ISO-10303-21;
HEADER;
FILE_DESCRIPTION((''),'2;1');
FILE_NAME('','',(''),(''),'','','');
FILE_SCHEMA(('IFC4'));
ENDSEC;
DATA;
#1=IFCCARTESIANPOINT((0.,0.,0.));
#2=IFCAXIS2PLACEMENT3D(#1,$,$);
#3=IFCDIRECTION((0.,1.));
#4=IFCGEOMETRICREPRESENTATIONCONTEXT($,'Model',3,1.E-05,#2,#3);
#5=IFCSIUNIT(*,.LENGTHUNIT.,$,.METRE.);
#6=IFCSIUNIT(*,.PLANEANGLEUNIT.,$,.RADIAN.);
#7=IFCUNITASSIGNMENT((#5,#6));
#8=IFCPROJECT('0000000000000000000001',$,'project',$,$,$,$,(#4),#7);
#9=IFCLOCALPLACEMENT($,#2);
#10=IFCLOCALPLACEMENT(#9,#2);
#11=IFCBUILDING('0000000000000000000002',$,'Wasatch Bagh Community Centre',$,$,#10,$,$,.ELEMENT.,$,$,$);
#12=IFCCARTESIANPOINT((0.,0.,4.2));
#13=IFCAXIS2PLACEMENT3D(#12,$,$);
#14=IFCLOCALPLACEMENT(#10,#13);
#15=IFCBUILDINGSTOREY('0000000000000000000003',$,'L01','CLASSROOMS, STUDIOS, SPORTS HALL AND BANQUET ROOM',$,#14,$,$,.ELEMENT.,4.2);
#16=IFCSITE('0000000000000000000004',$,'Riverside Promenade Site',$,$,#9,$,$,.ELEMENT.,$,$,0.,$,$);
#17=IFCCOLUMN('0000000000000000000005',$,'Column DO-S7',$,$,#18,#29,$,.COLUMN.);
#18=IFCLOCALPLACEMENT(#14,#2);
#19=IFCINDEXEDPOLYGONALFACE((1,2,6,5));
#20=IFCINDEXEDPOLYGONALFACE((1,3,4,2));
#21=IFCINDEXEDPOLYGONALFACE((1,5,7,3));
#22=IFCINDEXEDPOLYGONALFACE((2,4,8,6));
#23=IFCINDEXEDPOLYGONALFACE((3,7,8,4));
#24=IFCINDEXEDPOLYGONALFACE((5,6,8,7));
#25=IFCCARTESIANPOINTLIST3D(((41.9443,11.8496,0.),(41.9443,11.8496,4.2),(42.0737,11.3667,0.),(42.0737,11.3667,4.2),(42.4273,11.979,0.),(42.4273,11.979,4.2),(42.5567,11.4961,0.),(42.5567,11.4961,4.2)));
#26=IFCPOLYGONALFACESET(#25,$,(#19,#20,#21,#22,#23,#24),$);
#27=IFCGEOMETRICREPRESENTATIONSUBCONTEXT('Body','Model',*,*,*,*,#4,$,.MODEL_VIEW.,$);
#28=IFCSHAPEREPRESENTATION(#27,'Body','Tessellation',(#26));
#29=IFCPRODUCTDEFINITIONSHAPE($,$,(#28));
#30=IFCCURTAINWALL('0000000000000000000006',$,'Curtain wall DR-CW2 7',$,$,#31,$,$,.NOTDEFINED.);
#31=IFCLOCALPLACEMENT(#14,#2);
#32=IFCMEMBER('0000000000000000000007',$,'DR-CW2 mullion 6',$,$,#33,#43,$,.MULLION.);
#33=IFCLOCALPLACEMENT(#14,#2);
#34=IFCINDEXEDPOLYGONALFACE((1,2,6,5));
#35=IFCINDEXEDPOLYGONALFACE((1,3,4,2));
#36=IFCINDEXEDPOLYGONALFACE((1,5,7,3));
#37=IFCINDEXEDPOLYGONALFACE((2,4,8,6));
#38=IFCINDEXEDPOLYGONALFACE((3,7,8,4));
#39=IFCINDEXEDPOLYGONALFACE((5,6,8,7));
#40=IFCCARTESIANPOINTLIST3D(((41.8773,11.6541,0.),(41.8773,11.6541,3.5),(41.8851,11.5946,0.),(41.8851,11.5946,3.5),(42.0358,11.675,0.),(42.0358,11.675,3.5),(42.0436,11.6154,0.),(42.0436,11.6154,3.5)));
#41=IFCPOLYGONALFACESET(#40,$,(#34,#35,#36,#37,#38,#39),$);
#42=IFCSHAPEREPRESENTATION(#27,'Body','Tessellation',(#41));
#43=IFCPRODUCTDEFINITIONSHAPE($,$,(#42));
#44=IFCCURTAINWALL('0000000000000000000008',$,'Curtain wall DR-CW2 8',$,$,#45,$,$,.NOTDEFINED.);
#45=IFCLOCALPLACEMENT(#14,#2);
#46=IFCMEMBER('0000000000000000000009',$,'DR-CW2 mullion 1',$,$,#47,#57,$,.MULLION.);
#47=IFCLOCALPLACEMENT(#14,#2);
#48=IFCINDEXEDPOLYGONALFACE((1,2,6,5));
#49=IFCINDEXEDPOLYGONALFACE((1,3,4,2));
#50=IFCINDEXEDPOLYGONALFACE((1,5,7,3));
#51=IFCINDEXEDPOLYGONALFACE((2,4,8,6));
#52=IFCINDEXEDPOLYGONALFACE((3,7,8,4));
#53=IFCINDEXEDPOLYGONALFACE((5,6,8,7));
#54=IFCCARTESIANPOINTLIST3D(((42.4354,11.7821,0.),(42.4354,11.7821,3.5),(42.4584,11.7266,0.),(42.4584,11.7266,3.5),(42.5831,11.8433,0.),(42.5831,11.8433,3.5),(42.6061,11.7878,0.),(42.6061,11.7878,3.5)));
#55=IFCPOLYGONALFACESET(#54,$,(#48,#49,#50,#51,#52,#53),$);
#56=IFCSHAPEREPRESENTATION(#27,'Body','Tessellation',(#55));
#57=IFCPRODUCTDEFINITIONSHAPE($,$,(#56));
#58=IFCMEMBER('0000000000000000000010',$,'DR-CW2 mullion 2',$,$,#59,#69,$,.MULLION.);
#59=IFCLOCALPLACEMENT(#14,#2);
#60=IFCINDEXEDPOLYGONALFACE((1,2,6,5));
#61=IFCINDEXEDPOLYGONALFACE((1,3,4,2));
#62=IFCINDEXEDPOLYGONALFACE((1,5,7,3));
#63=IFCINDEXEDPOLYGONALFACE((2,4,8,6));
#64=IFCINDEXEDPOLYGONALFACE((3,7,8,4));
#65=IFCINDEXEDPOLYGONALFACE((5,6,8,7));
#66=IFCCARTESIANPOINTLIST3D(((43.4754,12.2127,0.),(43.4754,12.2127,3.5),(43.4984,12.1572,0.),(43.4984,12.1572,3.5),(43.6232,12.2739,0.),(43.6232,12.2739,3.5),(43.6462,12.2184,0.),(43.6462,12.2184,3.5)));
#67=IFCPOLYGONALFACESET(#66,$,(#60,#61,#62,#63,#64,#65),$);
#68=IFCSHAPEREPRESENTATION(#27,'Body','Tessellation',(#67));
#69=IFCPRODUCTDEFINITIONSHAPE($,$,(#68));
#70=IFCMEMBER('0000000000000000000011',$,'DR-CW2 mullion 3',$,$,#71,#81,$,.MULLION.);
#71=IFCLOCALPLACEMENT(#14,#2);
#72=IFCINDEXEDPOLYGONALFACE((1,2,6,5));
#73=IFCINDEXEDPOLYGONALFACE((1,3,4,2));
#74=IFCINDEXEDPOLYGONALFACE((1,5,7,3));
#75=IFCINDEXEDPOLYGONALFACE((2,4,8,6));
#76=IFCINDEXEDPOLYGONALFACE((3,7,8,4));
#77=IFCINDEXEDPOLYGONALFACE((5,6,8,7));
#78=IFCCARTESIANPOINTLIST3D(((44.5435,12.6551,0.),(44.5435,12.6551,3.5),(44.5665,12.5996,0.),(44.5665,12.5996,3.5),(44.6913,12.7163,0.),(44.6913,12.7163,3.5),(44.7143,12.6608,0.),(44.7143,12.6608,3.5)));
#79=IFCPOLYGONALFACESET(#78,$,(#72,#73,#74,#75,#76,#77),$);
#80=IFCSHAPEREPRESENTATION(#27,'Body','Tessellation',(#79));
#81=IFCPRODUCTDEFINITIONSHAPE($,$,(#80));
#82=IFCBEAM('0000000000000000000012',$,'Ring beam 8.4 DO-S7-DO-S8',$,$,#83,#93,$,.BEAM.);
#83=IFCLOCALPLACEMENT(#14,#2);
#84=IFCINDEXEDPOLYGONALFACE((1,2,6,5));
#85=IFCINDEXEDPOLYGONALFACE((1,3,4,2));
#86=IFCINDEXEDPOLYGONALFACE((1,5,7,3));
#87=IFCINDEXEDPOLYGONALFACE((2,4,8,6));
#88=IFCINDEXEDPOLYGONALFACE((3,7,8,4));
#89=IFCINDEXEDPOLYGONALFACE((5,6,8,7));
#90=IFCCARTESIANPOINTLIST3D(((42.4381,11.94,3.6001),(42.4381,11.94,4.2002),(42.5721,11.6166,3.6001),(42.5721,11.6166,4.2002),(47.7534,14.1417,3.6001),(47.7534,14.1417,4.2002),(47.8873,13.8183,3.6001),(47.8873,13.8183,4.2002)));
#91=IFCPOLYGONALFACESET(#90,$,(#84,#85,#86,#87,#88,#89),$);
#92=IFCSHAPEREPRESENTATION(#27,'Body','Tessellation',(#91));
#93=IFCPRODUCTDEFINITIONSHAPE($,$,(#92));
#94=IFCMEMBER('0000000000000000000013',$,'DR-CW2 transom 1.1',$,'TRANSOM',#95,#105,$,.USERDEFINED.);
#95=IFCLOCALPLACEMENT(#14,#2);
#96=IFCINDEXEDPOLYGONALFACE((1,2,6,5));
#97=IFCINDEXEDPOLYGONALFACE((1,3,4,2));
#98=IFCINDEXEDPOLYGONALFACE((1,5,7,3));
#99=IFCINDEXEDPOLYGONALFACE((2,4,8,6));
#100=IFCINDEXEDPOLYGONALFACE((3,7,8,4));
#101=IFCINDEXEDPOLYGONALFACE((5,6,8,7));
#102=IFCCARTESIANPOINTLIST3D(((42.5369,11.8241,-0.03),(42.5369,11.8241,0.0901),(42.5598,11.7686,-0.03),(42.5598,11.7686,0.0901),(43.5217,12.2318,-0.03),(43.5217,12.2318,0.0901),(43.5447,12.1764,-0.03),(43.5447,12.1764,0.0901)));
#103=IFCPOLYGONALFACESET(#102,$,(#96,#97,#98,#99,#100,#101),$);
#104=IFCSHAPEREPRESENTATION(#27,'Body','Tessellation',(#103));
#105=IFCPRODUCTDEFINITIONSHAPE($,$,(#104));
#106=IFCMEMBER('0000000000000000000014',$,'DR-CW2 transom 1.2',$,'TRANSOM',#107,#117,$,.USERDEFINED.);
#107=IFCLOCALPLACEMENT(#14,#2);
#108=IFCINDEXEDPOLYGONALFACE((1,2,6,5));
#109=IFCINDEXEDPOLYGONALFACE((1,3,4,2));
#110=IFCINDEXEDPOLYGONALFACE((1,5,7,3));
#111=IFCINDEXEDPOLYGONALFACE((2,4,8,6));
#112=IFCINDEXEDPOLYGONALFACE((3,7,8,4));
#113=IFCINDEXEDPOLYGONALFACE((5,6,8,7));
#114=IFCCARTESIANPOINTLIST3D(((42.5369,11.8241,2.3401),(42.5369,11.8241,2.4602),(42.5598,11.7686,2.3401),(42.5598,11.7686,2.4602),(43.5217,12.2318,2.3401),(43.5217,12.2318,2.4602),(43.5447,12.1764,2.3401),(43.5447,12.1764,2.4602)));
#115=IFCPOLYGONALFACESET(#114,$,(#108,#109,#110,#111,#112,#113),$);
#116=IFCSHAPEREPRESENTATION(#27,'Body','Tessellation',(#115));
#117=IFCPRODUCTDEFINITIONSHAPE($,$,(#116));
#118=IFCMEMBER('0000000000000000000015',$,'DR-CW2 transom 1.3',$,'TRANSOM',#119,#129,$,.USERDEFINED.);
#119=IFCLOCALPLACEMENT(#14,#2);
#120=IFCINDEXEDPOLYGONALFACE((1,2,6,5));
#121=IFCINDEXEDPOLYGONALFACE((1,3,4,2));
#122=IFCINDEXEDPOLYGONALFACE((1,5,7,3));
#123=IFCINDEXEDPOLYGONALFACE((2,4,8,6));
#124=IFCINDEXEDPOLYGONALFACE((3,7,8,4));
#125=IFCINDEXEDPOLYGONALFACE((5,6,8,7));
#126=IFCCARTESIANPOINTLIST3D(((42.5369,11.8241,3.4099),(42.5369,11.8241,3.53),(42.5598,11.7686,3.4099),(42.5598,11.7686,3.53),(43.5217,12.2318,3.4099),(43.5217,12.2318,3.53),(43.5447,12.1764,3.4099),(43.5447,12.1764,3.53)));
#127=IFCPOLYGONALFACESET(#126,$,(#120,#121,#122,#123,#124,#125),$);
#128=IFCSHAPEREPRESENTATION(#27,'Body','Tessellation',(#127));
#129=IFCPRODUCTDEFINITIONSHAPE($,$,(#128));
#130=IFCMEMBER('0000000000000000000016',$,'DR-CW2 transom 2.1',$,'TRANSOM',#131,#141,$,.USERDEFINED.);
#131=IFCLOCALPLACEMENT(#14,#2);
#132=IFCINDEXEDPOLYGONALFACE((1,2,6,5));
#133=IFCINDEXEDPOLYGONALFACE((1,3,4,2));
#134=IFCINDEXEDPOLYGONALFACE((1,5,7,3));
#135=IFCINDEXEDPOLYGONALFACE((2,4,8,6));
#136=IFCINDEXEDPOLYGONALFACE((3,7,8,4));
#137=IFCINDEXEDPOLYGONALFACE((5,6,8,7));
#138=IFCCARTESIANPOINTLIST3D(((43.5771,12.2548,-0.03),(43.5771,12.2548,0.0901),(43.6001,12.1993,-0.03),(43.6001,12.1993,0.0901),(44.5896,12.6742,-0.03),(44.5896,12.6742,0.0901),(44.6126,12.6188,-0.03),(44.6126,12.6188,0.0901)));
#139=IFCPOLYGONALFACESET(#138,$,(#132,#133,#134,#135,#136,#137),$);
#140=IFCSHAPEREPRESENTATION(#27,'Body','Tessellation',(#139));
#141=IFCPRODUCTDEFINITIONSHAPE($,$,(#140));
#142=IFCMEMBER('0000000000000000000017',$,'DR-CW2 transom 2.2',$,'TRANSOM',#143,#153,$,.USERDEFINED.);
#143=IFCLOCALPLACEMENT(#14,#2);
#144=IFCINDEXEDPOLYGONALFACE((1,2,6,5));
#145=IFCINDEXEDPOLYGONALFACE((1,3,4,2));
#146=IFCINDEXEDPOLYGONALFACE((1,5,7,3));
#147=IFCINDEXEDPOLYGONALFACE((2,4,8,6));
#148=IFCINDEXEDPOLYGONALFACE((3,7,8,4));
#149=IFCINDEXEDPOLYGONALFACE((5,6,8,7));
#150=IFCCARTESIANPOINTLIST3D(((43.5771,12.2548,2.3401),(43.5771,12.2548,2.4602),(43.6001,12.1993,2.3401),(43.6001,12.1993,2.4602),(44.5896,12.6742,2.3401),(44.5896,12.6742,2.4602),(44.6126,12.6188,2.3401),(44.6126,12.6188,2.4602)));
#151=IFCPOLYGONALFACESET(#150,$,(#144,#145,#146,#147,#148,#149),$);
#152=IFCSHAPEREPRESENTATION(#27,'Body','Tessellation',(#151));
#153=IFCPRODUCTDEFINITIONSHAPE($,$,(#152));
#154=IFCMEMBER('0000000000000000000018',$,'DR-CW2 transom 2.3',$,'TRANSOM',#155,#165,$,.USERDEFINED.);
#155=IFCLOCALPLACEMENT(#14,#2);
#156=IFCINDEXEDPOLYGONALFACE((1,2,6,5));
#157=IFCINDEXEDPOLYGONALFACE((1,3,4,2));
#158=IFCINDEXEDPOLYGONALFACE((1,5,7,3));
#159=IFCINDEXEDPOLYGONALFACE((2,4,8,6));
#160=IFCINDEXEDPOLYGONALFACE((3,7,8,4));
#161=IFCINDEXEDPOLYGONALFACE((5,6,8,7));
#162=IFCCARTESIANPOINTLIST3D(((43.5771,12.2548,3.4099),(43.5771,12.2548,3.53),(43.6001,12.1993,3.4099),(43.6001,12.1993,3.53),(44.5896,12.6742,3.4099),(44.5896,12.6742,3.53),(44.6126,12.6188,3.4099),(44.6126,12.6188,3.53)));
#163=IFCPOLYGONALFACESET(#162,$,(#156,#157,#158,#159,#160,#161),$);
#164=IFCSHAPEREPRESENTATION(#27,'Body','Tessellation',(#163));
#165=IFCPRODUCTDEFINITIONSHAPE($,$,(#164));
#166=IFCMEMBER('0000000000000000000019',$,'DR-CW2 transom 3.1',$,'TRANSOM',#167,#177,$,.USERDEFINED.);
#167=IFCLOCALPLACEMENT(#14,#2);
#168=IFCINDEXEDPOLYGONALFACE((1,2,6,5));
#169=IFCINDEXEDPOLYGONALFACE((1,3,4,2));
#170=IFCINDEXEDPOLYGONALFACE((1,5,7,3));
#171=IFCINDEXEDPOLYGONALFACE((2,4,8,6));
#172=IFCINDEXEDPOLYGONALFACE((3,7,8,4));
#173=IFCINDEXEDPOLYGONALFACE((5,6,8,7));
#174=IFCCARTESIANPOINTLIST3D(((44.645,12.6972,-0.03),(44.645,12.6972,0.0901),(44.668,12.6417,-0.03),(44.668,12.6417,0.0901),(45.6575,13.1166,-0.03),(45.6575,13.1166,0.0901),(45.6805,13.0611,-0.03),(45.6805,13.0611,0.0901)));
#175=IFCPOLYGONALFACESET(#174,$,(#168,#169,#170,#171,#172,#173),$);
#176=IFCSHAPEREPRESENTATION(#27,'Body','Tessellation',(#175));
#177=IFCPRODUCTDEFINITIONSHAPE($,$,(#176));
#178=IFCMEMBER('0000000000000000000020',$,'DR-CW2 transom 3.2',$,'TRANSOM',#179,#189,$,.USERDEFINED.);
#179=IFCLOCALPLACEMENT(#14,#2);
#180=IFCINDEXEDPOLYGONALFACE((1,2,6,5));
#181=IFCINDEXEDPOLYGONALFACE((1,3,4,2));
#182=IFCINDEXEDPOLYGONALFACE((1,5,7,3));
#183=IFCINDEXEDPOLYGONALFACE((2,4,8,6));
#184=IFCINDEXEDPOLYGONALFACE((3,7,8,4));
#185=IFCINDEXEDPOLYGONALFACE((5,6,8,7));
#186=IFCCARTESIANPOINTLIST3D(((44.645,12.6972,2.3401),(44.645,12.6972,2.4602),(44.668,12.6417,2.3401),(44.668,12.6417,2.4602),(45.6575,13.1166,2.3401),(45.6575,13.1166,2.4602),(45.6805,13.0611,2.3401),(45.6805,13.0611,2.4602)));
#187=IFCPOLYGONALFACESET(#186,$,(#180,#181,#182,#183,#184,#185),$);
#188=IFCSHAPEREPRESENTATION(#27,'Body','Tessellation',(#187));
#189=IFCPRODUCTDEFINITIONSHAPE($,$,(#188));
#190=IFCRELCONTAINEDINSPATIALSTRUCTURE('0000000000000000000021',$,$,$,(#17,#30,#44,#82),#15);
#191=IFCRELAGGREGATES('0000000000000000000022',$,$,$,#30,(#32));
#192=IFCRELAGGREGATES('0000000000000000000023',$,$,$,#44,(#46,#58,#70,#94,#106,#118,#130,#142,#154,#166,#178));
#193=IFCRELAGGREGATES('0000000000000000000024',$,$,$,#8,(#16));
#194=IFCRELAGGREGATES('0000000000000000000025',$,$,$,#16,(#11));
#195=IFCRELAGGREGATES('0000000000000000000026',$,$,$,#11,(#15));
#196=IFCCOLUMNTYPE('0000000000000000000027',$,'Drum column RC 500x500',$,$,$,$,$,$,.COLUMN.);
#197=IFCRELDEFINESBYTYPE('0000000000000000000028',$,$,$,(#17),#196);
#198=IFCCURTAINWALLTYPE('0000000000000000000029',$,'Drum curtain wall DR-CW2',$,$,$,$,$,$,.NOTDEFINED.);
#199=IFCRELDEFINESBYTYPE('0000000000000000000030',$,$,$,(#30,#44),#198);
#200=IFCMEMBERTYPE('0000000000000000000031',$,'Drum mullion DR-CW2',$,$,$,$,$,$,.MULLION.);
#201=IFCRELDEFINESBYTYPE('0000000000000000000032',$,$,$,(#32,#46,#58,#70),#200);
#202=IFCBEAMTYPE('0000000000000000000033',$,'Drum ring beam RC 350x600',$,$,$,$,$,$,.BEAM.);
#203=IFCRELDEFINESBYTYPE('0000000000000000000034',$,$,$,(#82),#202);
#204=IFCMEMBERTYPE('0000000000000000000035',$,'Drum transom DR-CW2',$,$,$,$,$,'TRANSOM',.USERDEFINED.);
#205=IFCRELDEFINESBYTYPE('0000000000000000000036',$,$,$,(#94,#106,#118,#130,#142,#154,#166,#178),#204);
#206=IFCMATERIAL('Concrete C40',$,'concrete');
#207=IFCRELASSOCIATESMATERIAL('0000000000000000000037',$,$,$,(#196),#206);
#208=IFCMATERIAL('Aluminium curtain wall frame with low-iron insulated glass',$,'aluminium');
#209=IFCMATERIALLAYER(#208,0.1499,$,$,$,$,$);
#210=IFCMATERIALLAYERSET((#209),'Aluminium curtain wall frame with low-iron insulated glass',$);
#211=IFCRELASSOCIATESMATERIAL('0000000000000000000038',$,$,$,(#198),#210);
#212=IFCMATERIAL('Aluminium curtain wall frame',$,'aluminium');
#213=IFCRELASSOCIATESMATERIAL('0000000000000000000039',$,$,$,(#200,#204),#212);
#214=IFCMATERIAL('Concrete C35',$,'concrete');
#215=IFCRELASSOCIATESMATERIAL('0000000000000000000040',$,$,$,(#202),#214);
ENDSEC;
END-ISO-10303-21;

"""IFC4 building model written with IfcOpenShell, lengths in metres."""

from ifc_helpers import new_model, si_unit, direction, frame, origin, origin_2d, place, context, subcontext, project, spatial, rectangle, extrude, material, layer, layer_set, material_profile, profile_set, type_object, element, aggregate, save


model = new_model("IFC4")

# Units and contexts
model_context = context("Model", 3, precision=1e-05, world=origin(), true_north=direction((0.0, 1.0)))
body_context = subcontext(model_context, "Body", "Model", "MODEL_VIEW")
ifc_project = project(units=[si_unit("LENGTHUNIT", "METRE"), si_unit("PLANEANGLEUNIT", "RADIAN")], contexts=[model_context])

# Site, building, storey
site_placement = place(None, origin())
site = spatial("IfcSite", under=ifc_project, at=site_placement, Name="Riverside Promenade Site", CompositionType="ELEMENT", RefElevation=0.0)
building_placement = place(site_placement, origin())
building = spatial("IfcBuilding", under=site, at=building_placement, Name="Wasatch Bagh Community Centre", CompositionType="ELEMENT")
storey_placement = place(building_placement, frame((0.0, 0.0, 4.2)))
storey = spatial("IfcBuildingStorey", under=building, at=storey_placement, Name="L01", Description="CLASSROOMS, STUDIOS, SPORTS HALL AND BANQUET ROOM", CompositionType="ELEMENT", Elevation=4.2)

# Column
ifc_material_1 = material(Name="Concrete C40", Category="concrete")
ifc_material_profile_1 = material_profile(ifc_material_1, rectangle(XDim=0.5, YDim=0.5, at=origin_2d()), Name="RC 500x500")
ifc_profile_set_1 = profile_set([ifc_material_profile_1], Name="Concrete C40")
column_type = type_object("IfcColumnType", Name="Drum column RC 500x500", PredefinedType="COLUMN", material=ifc_profile_set_1)
column_placement = place(storey_placement, frame((42.2505, 11.6729, 0.0), z_axis=(0.0, 0.0, 1.0), x_axis=(0.965926, 0.258819, 0.0)))
element("IfcColumn", 1, at=column_placement, inside=storey, type_object=column_type, Name="Column DO-S7", PredefinedType="COLUMN", context=body_context, shape_type="SweptSolid", body=[
    extrude(rectangle(XDim=0.5, YDim=0.5, at=origin_2d()), origin(), (0.0, 0.0, 1.0), 4.2),
])

# Curtain wall, member
ifc_material_2 = material(Name="Aluminium curtain wall frame with low-iron insulated glass", Category="aluminium")
ifc_layer_1 = layer(ifc_material_2, 0.1499)
ifc_layer_set_1 = layer_set([ifc_layer_1], Name="Aluminium curtain wall frame with low-iron insulated glass")
curtain_wall_type = type_object("IfcCurtainWallType", Name="Drum curtain wall DR-CW2", PredefinedType="NOTDEFINED", material=ifc_layer_set_1)
curtain_wall_1_placement = place(storey_placement, origin())
curtain_wall_1 = element("IfcCurtainWall", 2, at=curtain_wall_1_placement, inside=storey, type_object=curtain_wall_type, Name="Curtain wall DR-CW2 7", PredefinedType="NOTDEFINED")
ifc_material_3 = material(Name="Aluminium curtain wall frame", Category="aluminium")
ifc_material_profile_2 = material_profile(ifc_material_3, rectangle(XDim=0.0601, YDim=0.1599, at=origin_2d()), Name="Drum mullion DR-CW2")
ifc_profile_set_2 = profile_set([ifc_material_profile_2], Name="Aluminium curtain wall frame")
member_type_1 = type_object("IfcMemberType", Name="Drum mullion DR-CW2", PredefinedType="MULLION", material=ifc_profile_set_2)
member_1_placement = place(storey_placement, frame((41.9604, 11.6348, 0.0), z_axis=(0.0, 0.0, 1.0), x_axis=(-0.130526, 0.991445, 0.0)))
member_1 = element("IfcMember", 3, at=member_1_placement, type_object=member_type_1, Name="DR-CW2 mullion 6", PredefinedType="MULLION", context=body_context, shape_type="SweptSolid", body=[
    extrude(rectangle(XDim=0.0601, YDim=0.1599, at=origin_2d()), origin(), (0.0, 0.0, 1.0), 3.5),
])
aggregate(curtain_wall_1, [member_1])

# Curtain wall, members
curtain_wall_2_placement = place(storey_placement, origin())
curtain_wall_2 = element("IfcCurtainWall", 4, at=curtain_wall_2_placement, inside=storey, type_object=curtain_wall_type, Name="Curtain wall DR-CW2 8", PredefinedType="NOTDEFINED")
member_2_placement = place(storey_placement, frame((42.5208, 11.7849, 0.0), z_axis=(0.0, 0.0, 1.0), x_axis=(-0.382683, 0.92388, 0.0)))
member_2 = element("IfcMember", 5, at=member_2_placement, type_object=member_type_1, Name="DR-CW2 mullion 1", PredefinedType="MULLION", context=body_context, shape_type="SweptSolid", body=[
    extrude(rectangle(XDim=0.0601, YDim=0.1599, at=origin_2d()), origin(), (0.0, 0.0, 1.0), 3.5),
])
member_3_placement = place(storey_placement, frame((43.5608, 12.2156, 0.0), z_axis=(0.0, 0.0, 1.0), x_axis=(-0.382683, 0.92388, 0.0)))
member_3 = element("IfcMember", 6, at=member_3_placement, type_object=member_type_1, Name="DR-CW2 mullion 2", PredefinedType="MULLION", context=body_context, shape_type="SweptSolid", body=[
    extrude(rectangle(XDim=0.0601, YDim=0.1599, at=origin_2d()), origin(), (0.0, 0.0, 1.0), 3.5),
])
member_4_placement = place(storey_placement, frame((44.6289, 12.658, 0.0), z_axis=(0.0, 0.0, 1.0), x_axis=(-0.382683, 0.92388, 0.0)))
member_4 = element("IfcMember", 7, at=member_4_placement, type_object=member_type_1, Name="DR-CW2 mullion 3", PredefinedType="MULLION", context=body_context, shape_type="SweptSolid", body=[
    extrude(rectangle(XDim=0.0601, YDim=0.1599, at=origin_2d()), origin(), (0.0, 0.0, 1.0), 3.5),
])

# Beam
ifc_material_4 = material(Name="Concrete C35", Category="concrete")
ifc_material_profile_3 = material_profile(ifc_material_4, rectangle(XDim=0.3501, YDim=0.6001, at=origin_2d()), Name="RC 350x600")
ifc_profile_set_3 = profile_set([ifc_material_profile_3], Name="Concrete C35")
beam_type = type_object("IfcBeamType", Name="Drum ring beam RC 350x600", PredefinedType="BEAM", material=ifc_profile_set_3)
beam_placement = place(storey_placement, frame((42.5051, 11.7783, 3.9001), z_axis=(0.923877, 0.382689, 0.0), x_axis=(-0.382689, 0.923877, 0.0)))
element("IfcBeam", 8, at=beam_placement, inside=storey, type_object=beam_type, Name="Ring beam 8.4 DO-S7-DO-S8", PredefinedType="BEAM", context=body_context, shape_type="SweptSolid", body=[
    extrude(rectangle(XDim=0.3501, YDim=0.6001, at=origin_2d()), origin(), (0.0, 0.0, 1.0), 5.7532),
])

# Members
ifc_material_profile_4 = material_profile(ifc_material_3, rectangle(XDim=0.0601, YDim=0.1201, at=origin_2d()), Name="Drum transom DR-CW2")
ifc_profile_set_4 = profile_set([ifc_material_profile_4], Name="Aluminium curtain wall frame")
member_type_2 = type_object("IfcMemberType", Name="Drum transom DR-CW2", ElementType="TRANSOM", PredefinedType="USERDEFINED", material=ifc_profile_set_4)
member_5_placement = place(storey_placement, frame((42.5483, 11.7964, 0.03), z_axis=(0.923955, 0.3825, 0.0), x_axis=(-0.3825, 0.923955, 0.0)))
member_5 = element("IfcMember", 9, at=member_5_placement, type_object=member_type_2, Name="DR-CW2 transom 1.1", ObjectType="TRANSOM", PredefinedType="USERDEFINED", context=body_context, shape_type="SweptSolid", body=[
    extrude(rectangle(XDim=0.0601, YDim=0.1201, at=origin_2d()), origin(), (0.0, 0.0, 1.0), 1.0659),
])
member_6_placement = place(storey_placement, frame((42.5483, 11.7964, 2.4001), z_axis=(0.923955, 0.3825, 0.0), x_axis=(-0.3825, 0.923955, 0.0)))
member_6 = element("IfcMember", 10, at=member_6_placement, type_object=member_type_2, Name="DR-CW2 transom 1.2", ObjectType="TRANSOM", PredefinedType="USERDEFINED", context=body_context, shape_type="SweptSolid", body=[
    extrude(rectangle(XDim=0.0601, YDim=0.1201, at=origin_2d()), origin(), (0.0, 0.0, 1.0), 1.0659),
])
member_7_placement = place(storey_placement, frame((42.5483, 11.7964, 3.47), z_axis=(0.923955, 0.3825, 0.0), x_axis=(-0.3825, 0.923955, 0.0)))
member_7 = element("IfcMember", 11, at=member_7_placement, type_object=member_type_2, Name="DR-CW2 transom 1.3", ObjectType="TRANSOM", PredefinedType="USERDEFINED", context=body_context, shape_type="SweptSolid", body=[
    extrude(rectangle(XDim=0.0601, YDim=0.1201, at=origin_2d()), origin(), (0.0, 0.0, 1.0), 1.0659),
])
member_8_placement = place(storey_placement, frame((43.5886, 12.2271, 0.03), z_axis=(0.923859, 0.382732, 0.0), x_axis=(-0.382732, 0.923859, 0.0)))
member_8 = element("IfcMember", 12, at=member_8_placement, type_object=member_type_2, Name="DR-CW2 transom 2.1", ObjectType="TRANSOM", PredefinedType="USERDEFINED", context=body_context, shape_type="SweptSolid", body=[
    extrude(rectangle(XDim=0.0601, YDim=0.1201, at=origin_2d()), origin(), (0.0, 0.0, 1.0), 1.0959),
])
member_9_placement = place(storey_placement, frame((43.5886, 12.2271, 2.4001), z_axis=(0.923859, 0.382732, 0.0), x_axis=(-0.382732, 0.923859, 0.0)))
member_9 = element("IfcMember", 13, at=member_9_placement, type_object=member_type_2, Name="DR-CW2 transom 2.2", ObjectType="TRANSOM", PredefinedType="USERDEFINED", context=body_context, shape_type="SweptSolid", body=[
    extrude(rectangle(XDim=0.0601, YDim=0.1201, at=origin_2d()), origin(), (0.0, 0.0, 1.0), 1.0959),
])
member_10_placement = place(storey_placement, frame((43.5886, 12.2271, 3.47), z_axis=(0.923859, 0.382732, 0.0), x_axis=(-0.382732, 0.923859, 0.0)))
member_10 = element("IfcMember", 14, at=member_10_placement, type_object=member_type_2, Name="DR-CW2 transom 2.3", ObjectType="TRANSOM", PredefinedType="USERDEFINED", context=body_context, shape_type="SweptSolid", body=[
    extrude(rectangle(XDim=0.0601, YDim=0.1201, at=origin_2d()), origin(), (0.0, 0.0, 1.0), 1.0959),
])
member_11_placement = place(storey_placement, frame((44.6565, 12.6694, 0.03), z_axis=(0.923859, 0.382732, 0.0), x_axis=(-0.382732, 0.923859, 0.0)))
member_11 = element("IfcMember", 15, at=member_11_placement, type_object=member_type_2, Name="DR-CW2 transom 3.1", ObjectType="TRANSOM", PredefinedType="USERDEFINED", context=body_context, shape_type="SweptSolid", body=[
    extrude(rectangle(XDim=0.0601, YDim=0.1201, at=origin_2d()), origin(), (0.0, 0.0, 1.0), 1.0959),
])
member_12_placement = place(storey_placement, frame((44.6565, 12.6694, 2.4001), z_axis=(0.923859, 0.382732, 0.0), x_axis=(-0.382732, 0.923859, 0.0)))
member_12 = element("IfcMember", 16, at=member_12_placement, type_object=member_type_2, Name="DR-CW2 transom 3.2", ObjectType="TRANSOM", PredefinedType="USERDEFINED", context=body_context, shape_type="SweptSolid", body=[
    extrude(rectangle(XDim=0.0601, YDim=0.1201, at=origin_2d()), origin(), (0.0, 0.0, 1.0), 1.0959),
])

aggregate(curtain_wall_2, [member_2, member_3, member_4, member_5, member_6, member_7, member_8, member_9, member_10, member_11, member_12])

save(model, "model.ifc")
